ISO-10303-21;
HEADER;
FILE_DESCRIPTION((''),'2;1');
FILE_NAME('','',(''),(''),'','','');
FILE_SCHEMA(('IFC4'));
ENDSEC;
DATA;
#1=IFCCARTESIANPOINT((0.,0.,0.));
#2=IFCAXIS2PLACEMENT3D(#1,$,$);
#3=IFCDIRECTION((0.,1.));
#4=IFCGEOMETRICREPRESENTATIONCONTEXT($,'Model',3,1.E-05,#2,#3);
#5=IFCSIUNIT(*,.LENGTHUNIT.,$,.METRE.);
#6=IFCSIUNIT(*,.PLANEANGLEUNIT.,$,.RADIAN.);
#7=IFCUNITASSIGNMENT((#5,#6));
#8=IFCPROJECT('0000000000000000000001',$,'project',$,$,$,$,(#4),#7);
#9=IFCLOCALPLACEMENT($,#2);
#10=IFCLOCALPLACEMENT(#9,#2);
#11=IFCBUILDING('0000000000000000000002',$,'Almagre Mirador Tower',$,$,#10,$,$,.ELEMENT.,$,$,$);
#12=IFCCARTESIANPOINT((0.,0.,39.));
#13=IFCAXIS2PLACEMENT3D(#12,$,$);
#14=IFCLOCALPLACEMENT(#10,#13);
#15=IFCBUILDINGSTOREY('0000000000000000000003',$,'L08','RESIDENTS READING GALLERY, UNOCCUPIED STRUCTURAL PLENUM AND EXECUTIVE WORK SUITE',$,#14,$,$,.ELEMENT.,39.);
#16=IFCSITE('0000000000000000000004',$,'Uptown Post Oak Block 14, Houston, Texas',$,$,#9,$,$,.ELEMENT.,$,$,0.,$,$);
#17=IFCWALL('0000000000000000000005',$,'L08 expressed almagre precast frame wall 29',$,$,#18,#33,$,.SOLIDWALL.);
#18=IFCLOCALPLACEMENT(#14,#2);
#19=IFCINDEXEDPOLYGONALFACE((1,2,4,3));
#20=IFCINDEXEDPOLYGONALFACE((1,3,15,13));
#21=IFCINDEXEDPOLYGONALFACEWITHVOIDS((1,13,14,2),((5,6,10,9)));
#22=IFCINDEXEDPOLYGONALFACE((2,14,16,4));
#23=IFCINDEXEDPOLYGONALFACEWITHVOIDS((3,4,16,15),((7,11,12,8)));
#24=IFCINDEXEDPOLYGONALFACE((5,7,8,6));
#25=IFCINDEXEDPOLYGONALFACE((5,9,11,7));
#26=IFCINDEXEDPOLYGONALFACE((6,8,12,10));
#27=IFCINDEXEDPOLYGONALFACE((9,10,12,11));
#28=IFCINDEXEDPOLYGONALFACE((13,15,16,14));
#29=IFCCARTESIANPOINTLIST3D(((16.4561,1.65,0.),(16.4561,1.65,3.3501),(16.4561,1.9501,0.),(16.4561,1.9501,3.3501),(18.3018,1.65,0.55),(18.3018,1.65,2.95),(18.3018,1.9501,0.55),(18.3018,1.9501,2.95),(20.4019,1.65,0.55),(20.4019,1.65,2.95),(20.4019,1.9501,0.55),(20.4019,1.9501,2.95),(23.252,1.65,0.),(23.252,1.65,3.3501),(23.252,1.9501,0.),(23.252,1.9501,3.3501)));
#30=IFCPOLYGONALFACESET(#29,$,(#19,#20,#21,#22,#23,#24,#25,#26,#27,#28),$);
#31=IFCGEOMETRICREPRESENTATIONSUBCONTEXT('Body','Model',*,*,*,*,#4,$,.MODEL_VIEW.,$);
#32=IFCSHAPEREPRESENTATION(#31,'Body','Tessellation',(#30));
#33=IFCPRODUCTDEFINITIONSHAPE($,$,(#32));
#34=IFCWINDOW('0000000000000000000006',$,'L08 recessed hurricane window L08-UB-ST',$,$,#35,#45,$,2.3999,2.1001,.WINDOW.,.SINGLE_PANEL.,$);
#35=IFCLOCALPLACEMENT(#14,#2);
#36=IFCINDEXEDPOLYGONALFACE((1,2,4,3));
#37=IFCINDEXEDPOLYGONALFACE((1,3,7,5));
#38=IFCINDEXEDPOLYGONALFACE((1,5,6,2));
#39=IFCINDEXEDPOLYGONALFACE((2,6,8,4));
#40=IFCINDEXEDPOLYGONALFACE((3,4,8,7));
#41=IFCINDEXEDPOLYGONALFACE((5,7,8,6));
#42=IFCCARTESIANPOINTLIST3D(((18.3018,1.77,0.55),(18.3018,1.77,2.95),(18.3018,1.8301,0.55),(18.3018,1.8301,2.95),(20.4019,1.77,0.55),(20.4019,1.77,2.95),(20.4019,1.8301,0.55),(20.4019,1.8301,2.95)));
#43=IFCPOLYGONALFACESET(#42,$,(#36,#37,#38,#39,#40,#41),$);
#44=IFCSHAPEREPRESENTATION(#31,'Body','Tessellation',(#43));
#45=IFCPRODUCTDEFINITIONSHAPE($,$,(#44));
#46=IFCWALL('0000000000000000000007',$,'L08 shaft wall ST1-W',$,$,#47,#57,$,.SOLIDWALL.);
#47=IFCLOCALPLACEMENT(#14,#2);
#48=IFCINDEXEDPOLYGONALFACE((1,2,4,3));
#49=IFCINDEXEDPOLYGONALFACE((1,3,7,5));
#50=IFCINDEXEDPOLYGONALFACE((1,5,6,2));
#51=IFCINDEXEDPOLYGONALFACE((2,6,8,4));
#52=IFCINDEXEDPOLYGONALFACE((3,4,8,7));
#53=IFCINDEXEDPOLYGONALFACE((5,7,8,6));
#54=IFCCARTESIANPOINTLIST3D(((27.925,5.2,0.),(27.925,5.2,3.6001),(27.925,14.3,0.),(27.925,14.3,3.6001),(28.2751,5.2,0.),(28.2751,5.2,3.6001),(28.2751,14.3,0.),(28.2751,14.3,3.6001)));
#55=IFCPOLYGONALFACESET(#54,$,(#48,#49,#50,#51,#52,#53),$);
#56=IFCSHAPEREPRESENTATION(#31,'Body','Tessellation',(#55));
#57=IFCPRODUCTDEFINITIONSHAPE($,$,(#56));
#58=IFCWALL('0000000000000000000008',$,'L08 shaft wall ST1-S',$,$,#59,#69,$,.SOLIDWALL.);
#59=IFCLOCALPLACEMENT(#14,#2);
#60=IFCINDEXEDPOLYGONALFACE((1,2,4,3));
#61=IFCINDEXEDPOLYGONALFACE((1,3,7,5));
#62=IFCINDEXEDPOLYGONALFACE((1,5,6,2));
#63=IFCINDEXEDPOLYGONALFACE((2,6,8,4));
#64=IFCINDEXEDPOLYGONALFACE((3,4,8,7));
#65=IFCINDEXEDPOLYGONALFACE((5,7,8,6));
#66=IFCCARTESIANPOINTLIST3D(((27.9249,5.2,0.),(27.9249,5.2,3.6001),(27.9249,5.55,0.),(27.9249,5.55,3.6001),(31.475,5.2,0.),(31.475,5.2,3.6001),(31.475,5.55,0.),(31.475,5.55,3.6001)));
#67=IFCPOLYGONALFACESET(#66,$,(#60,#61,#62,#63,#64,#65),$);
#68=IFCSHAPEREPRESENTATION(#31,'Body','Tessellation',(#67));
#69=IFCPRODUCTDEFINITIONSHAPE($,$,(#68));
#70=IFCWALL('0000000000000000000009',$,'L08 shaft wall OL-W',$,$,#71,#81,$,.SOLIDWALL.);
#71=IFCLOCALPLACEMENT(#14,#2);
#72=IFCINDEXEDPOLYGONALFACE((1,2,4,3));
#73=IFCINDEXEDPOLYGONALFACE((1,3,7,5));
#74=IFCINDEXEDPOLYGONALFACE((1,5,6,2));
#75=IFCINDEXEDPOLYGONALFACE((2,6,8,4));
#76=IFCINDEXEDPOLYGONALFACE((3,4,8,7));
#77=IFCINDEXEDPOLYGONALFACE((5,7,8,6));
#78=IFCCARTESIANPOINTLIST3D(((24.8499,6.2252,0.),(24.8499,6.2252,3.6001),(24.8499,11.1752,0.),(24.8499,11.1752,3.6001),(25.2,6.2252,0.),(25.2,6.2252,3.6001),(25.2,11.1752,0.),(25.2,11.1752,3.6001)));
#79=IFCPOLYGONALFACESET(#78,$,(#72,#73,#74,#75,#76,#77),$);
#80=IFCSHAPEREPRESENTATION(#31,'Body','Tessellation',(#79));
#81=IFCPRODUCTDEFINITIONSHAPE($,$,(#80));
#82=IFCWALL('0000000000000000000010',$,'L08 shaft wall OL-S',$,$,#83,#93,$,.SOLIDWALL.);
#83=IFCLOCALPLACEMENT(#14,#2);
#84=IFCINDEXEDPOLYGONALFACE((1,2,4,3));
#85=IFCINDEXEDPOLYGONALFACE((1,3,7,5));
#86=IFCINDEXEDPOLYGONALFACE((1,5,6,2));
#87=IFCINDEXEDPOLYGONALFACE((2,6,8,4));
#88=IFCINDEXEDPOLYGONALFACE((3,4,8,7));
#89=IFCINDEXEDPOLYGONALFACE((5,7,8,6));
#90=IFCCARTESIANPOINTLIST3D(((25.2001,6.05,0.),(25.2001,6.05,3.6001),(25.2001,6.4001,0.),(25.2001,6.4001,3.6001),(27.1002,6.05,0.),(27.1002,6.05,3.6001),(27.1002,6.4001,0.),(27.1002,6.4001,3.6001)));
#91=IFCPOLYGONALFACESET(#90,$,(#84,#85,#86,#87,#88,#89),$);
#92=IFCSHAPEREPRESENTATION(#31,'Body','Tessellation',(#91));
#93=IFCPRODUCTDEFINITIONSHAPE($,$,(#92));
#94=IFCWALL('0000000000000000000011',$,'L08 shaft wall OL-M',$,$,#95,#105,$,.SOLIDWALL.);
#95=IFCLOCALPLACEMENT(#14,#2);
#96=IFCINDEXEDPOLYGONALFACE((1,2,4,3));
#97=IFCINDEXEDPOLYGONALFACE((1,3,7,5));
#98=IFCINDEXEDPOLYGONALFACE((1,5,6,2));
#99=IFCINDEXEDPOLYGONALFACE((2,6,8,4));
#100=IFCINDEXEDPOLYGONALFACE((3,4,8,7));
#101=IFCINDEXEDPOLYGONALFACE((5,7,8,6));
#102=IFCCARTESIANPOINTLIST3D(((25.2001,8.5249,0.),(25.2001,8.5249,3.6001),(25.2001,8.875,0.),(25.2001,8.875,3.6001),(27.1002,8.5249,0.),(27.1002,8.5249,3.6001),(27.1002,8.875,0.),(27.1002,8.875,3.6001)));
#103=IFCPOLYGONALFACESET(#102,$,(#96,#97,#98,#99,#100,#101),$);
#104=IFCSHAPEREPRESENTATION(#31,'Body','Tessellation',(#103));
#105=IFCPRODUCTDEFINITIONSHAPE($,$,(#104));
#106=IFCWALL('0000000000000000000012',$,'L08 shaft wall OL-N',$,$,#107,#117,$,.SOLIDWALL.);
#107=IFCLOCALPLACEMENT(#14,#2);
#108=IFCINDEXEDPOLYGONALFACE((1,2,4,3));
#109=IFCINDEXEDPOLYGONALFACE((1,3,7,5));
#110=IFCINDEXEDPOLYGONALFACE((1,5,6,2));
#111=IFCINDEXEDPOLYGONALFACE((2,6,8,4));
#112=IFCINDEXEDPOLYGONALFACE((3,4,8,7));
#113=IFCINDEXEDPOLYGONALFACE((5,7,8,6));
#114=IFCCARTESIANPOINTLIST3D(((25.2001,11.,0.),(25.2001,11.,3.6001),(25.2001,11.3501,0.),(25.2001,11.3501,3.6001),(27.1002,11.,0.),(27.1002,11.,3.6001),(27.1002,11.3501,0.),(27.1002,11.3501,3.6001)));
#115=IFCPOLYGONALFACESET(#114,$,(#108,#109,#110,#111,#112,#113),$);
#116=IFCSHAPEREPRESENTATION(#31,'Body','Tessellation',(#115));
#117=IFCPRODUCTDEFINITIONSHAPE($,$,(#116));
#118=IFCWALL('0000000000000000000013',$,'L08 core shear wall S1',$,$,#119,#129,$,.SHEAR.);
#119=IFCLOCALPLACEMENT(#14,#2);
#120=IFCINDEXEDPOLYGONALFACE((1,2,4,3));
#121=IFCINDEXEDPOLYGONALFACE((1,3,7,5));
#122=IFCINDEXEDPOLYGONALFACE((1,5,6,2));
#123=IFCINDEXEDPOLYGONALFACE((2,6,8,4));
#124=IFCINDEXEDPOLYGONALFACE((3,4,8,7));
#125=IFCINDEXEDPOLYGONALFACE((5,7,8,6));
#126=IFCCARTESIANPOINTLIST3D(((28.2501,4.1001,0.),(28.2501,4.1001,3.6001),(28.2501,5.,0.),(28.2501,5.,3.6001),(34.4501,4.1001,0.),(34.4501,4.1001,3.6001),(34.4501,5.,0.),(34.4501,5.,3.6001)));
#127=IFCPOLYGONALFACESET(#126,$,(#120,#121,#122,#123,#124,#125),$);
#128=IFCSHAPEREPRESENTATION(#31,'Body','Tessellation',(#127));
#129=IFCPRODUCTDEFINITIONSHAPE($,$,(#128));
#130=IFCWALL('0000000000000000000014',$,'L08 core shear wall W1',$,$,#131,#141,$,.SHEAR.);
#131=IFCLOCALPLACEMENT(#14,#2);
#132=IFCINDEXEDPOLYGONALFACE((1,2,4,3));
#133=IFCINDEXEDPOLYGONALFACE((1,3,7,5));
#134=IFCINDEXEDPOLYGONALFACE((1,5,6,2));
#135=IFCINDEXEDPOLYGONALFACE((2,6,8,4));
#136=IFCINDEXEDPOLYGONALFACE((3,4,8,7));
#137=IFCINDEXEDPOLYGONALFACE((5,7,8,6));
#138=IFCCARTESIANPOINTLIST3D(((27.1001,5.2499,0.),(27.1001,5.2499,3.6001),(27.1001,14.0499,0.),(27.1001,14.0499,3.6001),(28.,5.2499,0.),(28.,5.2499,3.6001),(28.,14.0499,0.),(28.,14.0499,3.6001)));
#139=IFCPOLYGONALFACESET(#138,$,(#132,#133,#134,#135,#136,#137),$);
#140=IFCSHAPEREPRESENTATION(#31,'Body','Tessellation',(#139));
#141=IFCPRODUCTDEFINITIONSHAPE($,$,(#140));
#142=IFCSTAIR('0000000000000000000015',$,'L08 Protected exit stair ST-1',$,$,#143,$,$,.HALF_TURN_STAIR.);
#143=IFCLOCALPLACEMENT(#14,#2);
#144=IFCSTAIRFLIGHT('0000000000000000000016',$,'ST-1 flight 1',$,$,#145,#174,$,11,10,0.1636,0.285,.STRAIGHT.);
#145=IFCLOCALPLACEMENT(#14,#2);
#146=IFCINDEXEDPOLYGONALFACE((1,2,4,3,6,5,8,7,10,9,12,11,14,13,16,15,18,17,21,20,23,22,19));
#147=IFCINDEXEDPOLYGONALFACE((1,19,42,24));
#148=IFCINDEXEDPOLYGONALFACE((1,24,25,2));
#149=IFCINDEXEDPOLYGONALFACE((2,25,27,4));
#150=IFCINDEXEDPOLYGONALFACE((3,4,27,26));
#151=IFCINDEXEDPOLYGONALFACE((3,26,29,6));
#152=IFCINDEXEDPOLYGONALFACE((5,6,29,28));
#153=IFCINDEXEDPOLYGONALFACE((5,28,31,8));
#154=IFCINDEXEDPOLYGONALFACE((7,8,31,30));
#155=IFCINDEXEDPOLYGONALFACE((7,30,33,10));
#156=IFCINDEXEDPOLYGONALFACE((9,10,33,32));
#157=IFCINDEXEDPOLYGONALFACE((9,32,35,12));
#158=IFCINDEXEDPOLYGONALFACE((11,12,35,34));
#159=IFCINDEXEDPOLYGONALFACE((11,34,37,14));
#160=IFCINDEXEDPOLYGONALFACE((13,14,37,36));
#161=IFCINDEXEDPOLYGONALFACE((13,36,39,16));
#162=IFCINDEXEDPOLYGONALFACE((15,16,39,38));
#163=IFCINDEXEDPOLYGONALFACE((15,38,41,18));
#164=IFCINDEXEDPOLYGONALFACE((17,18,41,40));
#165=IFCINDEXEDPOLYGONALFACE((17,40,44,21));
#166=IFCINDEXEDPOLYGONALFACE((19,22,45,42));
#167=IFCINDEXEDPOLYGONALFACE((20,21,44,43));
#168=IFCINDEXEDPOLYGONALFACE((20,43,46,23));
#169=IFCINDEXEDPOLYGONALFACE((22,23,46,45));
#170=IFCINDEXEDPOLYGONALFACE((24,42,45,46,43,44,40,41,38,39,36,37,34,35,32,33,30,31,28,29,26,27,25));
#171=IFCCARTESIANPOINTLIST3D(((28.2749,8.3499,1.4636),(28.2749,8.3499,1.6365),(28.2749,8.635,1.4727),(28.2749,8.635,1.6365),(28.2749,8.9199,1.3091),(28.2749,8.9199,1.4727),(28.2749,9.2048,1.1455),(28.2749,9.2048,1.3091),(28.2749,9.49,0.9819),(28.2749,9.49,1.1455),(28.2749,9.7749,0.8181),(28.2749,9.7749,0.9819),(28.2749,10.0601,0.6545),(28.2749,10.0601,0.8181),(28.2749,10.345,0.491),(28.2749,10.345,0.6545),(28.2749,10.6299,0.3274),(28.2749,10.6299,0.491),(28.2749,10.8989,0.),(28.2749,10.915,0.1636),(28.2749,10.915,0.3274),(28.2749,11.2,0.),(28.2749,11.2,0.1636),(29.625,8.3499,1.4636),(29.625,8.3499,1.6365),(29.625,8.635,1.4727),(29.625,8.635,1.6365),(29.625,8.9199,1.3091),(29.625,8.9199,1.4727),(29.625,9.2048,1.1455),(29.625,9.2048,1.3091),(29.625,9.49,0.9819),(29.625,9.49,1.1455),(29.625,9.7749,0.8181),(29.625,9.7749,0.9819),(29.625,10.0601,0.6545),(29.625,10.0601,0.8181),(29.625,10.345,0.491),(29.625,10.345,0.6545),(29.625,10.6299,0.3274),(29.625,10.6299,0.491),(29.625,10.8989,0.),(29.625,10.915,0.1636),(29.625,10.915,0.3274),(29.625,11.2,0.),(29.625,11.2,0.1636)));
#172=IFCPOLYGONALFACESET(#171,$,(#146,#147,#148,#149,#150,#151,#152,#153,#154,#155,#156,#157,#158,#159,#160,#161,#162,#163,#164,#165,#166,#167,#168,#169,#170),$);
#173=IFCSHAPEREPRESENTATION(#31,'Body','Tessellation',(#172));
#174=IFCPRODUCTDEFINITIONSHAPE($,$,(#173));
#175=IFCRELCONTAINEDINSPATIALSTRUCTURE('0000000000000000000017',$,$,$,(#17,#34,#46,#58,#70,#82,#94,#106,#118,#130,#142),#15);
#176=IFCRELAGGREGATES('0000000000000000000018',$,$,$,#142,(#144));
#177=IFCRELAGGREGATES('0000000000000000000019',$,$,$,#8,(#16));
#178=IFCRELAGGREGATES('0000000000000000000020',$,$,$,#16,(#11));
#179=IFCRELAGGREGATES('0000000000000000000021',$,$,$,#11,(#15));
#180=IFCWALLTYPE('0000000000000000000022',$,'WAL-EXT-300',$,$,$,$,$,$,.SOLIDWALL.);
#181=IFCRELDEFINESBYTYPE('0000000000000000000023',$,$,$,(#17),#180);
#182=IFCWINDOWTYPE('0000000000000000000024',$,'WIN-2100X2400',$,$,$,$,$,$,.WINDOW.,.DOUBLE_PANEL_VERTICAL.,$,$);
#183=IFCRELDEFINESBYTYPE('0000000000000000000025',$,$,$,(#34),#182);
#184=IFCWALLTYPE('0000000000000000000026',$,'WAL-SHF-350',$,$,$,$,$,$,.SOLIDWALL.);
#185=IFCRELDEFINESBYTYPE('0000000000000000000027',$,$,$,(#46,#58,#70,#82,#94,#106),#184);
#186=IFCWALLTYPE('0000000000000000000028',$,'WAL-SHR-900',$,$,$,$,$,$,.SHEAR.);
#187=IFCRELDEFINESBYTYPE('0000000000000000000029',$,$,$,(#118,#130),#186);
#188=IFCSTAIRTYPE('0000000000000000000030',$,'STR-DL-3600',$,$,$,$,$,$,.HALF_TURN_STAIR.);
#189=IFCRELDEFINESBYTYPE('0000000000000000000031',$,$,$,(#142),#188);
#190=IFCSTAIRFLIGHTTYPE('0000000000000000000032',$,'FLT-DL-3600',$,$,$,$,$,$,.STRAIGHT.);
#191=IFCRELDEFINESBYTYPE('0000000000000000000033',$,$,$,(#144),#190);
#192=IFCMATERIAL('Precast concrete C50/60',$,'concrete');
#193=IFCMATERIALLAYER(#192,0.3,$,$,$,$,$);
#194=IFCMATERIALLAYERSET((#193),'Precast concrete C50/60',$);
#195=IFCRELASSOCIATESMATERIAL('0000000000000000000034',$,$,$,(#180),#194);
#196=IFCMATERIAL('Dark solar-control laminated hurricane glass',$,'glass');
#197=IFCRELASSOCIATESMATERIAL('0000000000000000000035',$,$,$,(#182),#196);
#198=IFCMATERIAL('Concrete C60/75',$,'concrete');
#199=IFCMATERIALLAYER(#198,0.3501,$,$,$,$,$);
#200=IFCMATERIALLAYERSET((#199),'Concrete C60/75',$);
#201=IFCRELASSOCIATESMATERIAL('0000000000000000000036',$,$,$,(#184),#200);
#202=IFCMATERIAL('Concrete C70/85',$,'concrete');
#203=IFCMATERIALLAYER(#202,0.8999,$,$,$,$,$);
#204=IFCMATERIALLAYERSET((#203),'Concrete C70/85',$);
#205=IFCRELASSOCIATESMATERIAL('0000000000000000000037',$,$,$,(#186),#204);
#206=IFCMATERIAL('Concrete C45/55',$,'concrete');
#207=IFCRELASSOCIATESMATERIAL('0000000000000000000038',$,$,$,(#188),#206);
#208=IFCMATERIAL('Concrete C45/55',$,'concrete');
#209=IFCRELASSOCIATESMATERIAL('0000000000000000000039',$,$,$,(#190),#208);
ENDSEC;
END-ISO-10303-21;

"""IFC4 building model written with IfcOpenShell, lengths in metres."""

from ifc_helpers import new_model, si_unit, direction, frame, frame_2d, origin, place, context, subcontext, project, spatial, polyline, rectangle, outline, extrude, material, layer, layer_set, type_object, element, fill, aggregate, save


model = new_model("IFC4")

# Units and contexts
model_context = context("Model", 3, precision=1e-05, world=origin(), true_north=direction((0.0, 1.0)))
body_context = subcontext(model_context, "Body", "Model", "MODEL_VIEW")
ifc_project = project(units=[si_unit("LENGTHUNIT", "METRE"), si_unit("PLANEANGLEUNIT", "RADIAN")], contexts=[model_context])

# Site, building, storey
site_placement = place(None, origin())
site = spatial("IfcSite", under=ifc_project, at=site_placement, Name="Uptown Post Oak Block 14, Houston, Texas", CompositionType="ELEMENT", RefElevation=0.0)
building_placement = place(site_placement, origin())
building = spatial("IfcBuilding", under=site, at=building_placement, Name="Almagre Mirador Tower", CompositionType="ELEMENT")
storey_placement = place(building_placement, frame((0.0, 0.0, 39.0)))
storey = spatial("IfcBuildingStorey", under=building, at=storey_placement, Name="L08", Description="RESIDENTS READING GALLERY, UNOCCUPIED STRUCTURAL PLENUM AND EXECUTIVE WORK SUITE", CompositionType="ELEMENT", Elevation=39.0)

# Wall, opening, window
ifc_material_1 = material(Name="Precast concrete C50/60", Category="concrete")
ifc_layer_1 = layer(ifc_material_1, 0.3)
ifc_layer_set_1 = layer_set([ifc_layer_1], Name="Precast concrete C50/60")
wall_type_1 = type_object("IfcWallType", Name="WAL-EXT-300", PredefinedType="SOLIDWALL", material=ifc_layer_set_1)
wall_1_placement = place(storey_placement, frame((23.252, 1.8, 0.0), z_axis=(0.0, 0.0, 1.0), x_axis=(-1.0, 0.0, 0.0)))
wall_1 = element("IfcWall", 1, at=wall_1_placement, inside=storey, type_object=wall_type_1, Name="L08 expressed almagre precast frame wall 29", PredefinedType="SOLIDWALL", context=body_context, shape_type="SweptSolid", body=[
    extrude(rectangle(XDim=6.7959, YDim=0.3, at=frame_2d((3.3979, 0.0))), origin(), (0.0, 0.0, 1.0), 3.3501),
])
opening_placement = place(wall_1_placement, frame((2.8501, 0.0, 0.55)))
opening = element("IfcOpeningElement", 2, at=opening_placement, cuts=wall_1, PredefinedType="OPENING", context=body_context, shape_type="SweptSolid", body=[
    extrude(rectangle(XDim=2.1001, YDim=2.3999, at=frame_2d((1.05, 1.2))), frame((0.0, 0.1599, 0.0), z_axis=(0.0, -1.0, 0.0), x_axis=(1.0, 0.0, 0.0)), (0.0, 0.0, 1.0), 0.32),
])
ifc_material_2 = material(Name="Dark solar-control laminated hurricane glass", Category="glass")
window_type = type_object("IfcWindowType", Name="WIN-2100X2400", PartitioningType="DOUBLE_PANEL_VERTICAL", PredefinedType="WINDOW", material=ifc_material_2)
window_placement = place(opening_placement, origin())
window = element("IfcWindow", 3, at=window_placement, inside=storey, type_object=window_type, Name="L08 recessed hurricane window L08-UB-ST", OverallHeight=2.3999, OverallWidth=2.1001, PartitioningType="SINGLE_PANEL", PredefinedType="WINDOW", context=body_context, shape_type="SweptSolid", body=[
    extrude(rectangle(XDim=2.1001, YDim=2.3999, at=frame_2d((1.05, 1.2))), frame((0.0, 0.03, 0.0), z_axis=(0.0, -1.0, 0.0), x_axis=(1.0, 0.0, 0.0)), (0.0, 0.0, 1.0), 0.0601),
])
fill(opening, window)

# Walls
ifc_material_3 = material(Name="Concrete C60/75", Category="concrete")
ifc_layer_2 = layer(ifc_material_3, 0.3501)
ifc_layer_set_2 = layer_set([ifc_layer_2], Name="Concrete C60/75")
wall_type_2 = type_object("IfcWallType", Name="WAL-SHF-350", PredefinedType="SOLIDWALL", material=ifc_layer_set_2)
wall_2_placement = place(storey_placement, frame((28.1001, 5.2, 0.0), z_axis=(0.0, 0.0, 1.0), x_axis=(0.0, 1.0, 0.0)))
element("IfcWall", 4, at=wall_2_placement, inside=storey, type_object=wall_type_2, Name="L08 shaft wall ST1-W", PredefinedType="SOLIDWALL", context=body_context, shape_type="SweptSolid", body=[
    extrude(rectangle(XDim=9.1001, YDim=0.3501, at=frame_2d((4.55, 0.0))), origin(), (0.0, 0.0, 1.0), 3.6001),
])
wall_3_placement = place(storey_placement, frame((27.925, 5.375, 0.0), z_axis=(0.0, 0.0, 1.0), x_axis=(1.0, 0.0, 0.0)))
element("IfcWall", 5, at=wall_3_placement, inside=storey, type_object=wall_type_2, Name="L08 shaft wall ST1-S", PredefinedType="SOLIDWALL", context=body_context, shape_type="SweptSolid", body=[
    extrude(rectangle(XDim=3.55, YDim=0.3501, at=frame_2d((1.7749, 0.0))), origin(), (0.0, 0.0, 1.0), 3.6001),
])
wall_4_placement = place(storey_placement, frame((25.0249, 6.2251, 0.0), z_axis=(0.0, 0.0, 1.0), x_axis=(0.0, 1.0, 0.0)))
element("IfcWall", 6, at=wall_4_placement, inside=storey, type_object=wall_type_2, Name="L08 shaft wall OL-W", PredefinedType="SOLIDWALL", context=body_context, shape_type="SweptSolid", body=[
    extrude(rectangle(XDim=4.95, YDim=0.3501, at=frame_2d((2.4751, 0.0))), origin(), (0.0, 0.0, 1.0), 3.6001),
])
for number, where, z_axis, x_axis, name in (
    (7, (25.2, 6.2251, 0.0), (0.0, 0.0, 1.0), (1.0, 0.0, 0.0), "L08 shaft wall OL-S"),
    (8, (25.2, 8.7, 0.0), (0.0, 0.0, 1.0), (1.0, 0.0, 0.0), "L08 shaft wall OL-M"),
    (9, (25.2, 11.175, 0.0), (0.0, 0.0, 1.0), (1.0, 0.0, 0.0), "L08 shaft wall OL-N"),
):
    element("IfcWall", number, at=place(storey_placement, frame(where, z_axis=z_axis, x_axis=x_axis)), inside=storey, type_object=wall_type_2, Name=name, PredefinedType="SOLIDWALL", context=body_context, shape_type="SweptSolid", body=[
        extrude(rectangle(XDim=1.9001, YDim=0.3501, at=frame_2d((0.9502, 0.0))), origin(), (0.0, 0.0, 1.0), 3.6001),
    ])
ifc_material_4 = material(Name="Concrete C70/85", Category="concrete")
ifc_layer_3 = layer(ifc_material_4, 0.8999)
ifc_layer_set_3 = layer_set([ifc_layer_3], Name="Concrete C70/85")
wall_type_3 = type_object("IfcWallType", Name="WAL-SHR-900", PredefinedType="SHEAR", material=ifc_layer_set_3)
wall_5_placement = place(storey_placement, frame((28.25, 4.55, 0.0), z_axis=(0.0, 0.0, 1.0), x_axis=(1.0, 0.0, 0.0)))
element("IfcWall", 10, at=wall_5_placement, inside=storey, type_object=wall_type_3, Name="L08 core shear wall S1", PredefinedType="SHEAR", context=body_context, shape_type="SweptSolid", body=[
    extrude(rectangle(XDim=6.2, YDim=0.8999, at=frame_2d((3.1001, 0.0))), origin(), (0.0, 0.0, 1.0), 3.6001),
])
wall_6_placement = place(storey_placement, frame((27.55, 5.25, 0.0), z_axis=(0.0, 0.0, 1.0), x_axis=(0.0, 1.0, 0.0)))
element("IfcWall", 11, at=wall_6_placement, inside=storey, type_object=wall_type_3, Name="L08 core shear wall W1", PredefinedType="SHEAR", context=body_context, shape_type="SweptSolid", body=[
    extrude(rectangle(XDim=8.8, YDim=0.8999, at=frame_2d((4.3999, 0.0))), origin(), (0.0, 0.0, 1.0), 3.6001),
])

# Stair, stair flight
ifc_material_5 = material(Name="Concrete C45/55", Category="concrete")
stair_type = type_object("IfcStairType", Name="STR-DL-3600", PredefinedType="HALF_TURN_STAIR", material=ifc_material_5)
stair_placement = place(storey_placement, origin())
stair = element("IfcStair", 12, at=stair_placement, inside=storey, type_object=stair_type, Name="L08 Protected exit stair ST-1", PredefinedType="HALF_TURN_STAIR")
ifc_material_6 = material(Name="Concrete C45/55", Category="concrete")
stair_flight_type = type_object("IfcStairFlightType", Name="FLT-DL-3600", PredefinedType="STRAIGHT", material=ifc_material_6)
stair_flight_placement = place(storey_placement, frame((28.95, 11.2, 0.0), z_axis=(0.0, 0.0, 1.0), x_axis=(0.0, -1.0, 0.0)))
stair_flight = element("IfcStairFlight", 13, at=stair_flight_placement, type_object=stair_flight_type, Name="ST-1 flight 1", NumberOfRisers=11, NumberOfTreads=10, PredefinedType="STRAIGHT", RiserHeight=0.1636, TreadLength=0.285, context=body_context, shape_type="SweptSolid", body=[
    extrude(outline(polyline([(0.0, 0.0), (0.0, 0.1636), (0.2849, 0.1636), (0.2849, 0.3274), (0.5701, 0.3274), (0.5701, 0.491), (0.855, 0.491), (0.855, 0.6545), (1.1399, 0.6545), (1.1399, 0.8181), (1.425, 0.8181), (1.425, 0.9819), (1.71, 0.9819), (1.71, 1.1455), (1.9951, 1.1455), (1.9951, 1.3091), (2.28, 1.3091), (2.28, 1.4727), (2.5649, 1.4727), (2.5649, 1.6365), (2.8501, 1.6365), (2.8501, 1.8), (2.8501, 1.4636), (0.301, 0.0), (0.0, 0.0)])), frame((0.0, 0.675, 0.0), z_axis=(0.0, -1.0, 0.0), x_axis=(1.0, 0.0, 0.0)), (0.0, 0.0, 1.0), 1.3501),
])
aggregate(stair, [stair_flight])

save(model, "model.ifc")
